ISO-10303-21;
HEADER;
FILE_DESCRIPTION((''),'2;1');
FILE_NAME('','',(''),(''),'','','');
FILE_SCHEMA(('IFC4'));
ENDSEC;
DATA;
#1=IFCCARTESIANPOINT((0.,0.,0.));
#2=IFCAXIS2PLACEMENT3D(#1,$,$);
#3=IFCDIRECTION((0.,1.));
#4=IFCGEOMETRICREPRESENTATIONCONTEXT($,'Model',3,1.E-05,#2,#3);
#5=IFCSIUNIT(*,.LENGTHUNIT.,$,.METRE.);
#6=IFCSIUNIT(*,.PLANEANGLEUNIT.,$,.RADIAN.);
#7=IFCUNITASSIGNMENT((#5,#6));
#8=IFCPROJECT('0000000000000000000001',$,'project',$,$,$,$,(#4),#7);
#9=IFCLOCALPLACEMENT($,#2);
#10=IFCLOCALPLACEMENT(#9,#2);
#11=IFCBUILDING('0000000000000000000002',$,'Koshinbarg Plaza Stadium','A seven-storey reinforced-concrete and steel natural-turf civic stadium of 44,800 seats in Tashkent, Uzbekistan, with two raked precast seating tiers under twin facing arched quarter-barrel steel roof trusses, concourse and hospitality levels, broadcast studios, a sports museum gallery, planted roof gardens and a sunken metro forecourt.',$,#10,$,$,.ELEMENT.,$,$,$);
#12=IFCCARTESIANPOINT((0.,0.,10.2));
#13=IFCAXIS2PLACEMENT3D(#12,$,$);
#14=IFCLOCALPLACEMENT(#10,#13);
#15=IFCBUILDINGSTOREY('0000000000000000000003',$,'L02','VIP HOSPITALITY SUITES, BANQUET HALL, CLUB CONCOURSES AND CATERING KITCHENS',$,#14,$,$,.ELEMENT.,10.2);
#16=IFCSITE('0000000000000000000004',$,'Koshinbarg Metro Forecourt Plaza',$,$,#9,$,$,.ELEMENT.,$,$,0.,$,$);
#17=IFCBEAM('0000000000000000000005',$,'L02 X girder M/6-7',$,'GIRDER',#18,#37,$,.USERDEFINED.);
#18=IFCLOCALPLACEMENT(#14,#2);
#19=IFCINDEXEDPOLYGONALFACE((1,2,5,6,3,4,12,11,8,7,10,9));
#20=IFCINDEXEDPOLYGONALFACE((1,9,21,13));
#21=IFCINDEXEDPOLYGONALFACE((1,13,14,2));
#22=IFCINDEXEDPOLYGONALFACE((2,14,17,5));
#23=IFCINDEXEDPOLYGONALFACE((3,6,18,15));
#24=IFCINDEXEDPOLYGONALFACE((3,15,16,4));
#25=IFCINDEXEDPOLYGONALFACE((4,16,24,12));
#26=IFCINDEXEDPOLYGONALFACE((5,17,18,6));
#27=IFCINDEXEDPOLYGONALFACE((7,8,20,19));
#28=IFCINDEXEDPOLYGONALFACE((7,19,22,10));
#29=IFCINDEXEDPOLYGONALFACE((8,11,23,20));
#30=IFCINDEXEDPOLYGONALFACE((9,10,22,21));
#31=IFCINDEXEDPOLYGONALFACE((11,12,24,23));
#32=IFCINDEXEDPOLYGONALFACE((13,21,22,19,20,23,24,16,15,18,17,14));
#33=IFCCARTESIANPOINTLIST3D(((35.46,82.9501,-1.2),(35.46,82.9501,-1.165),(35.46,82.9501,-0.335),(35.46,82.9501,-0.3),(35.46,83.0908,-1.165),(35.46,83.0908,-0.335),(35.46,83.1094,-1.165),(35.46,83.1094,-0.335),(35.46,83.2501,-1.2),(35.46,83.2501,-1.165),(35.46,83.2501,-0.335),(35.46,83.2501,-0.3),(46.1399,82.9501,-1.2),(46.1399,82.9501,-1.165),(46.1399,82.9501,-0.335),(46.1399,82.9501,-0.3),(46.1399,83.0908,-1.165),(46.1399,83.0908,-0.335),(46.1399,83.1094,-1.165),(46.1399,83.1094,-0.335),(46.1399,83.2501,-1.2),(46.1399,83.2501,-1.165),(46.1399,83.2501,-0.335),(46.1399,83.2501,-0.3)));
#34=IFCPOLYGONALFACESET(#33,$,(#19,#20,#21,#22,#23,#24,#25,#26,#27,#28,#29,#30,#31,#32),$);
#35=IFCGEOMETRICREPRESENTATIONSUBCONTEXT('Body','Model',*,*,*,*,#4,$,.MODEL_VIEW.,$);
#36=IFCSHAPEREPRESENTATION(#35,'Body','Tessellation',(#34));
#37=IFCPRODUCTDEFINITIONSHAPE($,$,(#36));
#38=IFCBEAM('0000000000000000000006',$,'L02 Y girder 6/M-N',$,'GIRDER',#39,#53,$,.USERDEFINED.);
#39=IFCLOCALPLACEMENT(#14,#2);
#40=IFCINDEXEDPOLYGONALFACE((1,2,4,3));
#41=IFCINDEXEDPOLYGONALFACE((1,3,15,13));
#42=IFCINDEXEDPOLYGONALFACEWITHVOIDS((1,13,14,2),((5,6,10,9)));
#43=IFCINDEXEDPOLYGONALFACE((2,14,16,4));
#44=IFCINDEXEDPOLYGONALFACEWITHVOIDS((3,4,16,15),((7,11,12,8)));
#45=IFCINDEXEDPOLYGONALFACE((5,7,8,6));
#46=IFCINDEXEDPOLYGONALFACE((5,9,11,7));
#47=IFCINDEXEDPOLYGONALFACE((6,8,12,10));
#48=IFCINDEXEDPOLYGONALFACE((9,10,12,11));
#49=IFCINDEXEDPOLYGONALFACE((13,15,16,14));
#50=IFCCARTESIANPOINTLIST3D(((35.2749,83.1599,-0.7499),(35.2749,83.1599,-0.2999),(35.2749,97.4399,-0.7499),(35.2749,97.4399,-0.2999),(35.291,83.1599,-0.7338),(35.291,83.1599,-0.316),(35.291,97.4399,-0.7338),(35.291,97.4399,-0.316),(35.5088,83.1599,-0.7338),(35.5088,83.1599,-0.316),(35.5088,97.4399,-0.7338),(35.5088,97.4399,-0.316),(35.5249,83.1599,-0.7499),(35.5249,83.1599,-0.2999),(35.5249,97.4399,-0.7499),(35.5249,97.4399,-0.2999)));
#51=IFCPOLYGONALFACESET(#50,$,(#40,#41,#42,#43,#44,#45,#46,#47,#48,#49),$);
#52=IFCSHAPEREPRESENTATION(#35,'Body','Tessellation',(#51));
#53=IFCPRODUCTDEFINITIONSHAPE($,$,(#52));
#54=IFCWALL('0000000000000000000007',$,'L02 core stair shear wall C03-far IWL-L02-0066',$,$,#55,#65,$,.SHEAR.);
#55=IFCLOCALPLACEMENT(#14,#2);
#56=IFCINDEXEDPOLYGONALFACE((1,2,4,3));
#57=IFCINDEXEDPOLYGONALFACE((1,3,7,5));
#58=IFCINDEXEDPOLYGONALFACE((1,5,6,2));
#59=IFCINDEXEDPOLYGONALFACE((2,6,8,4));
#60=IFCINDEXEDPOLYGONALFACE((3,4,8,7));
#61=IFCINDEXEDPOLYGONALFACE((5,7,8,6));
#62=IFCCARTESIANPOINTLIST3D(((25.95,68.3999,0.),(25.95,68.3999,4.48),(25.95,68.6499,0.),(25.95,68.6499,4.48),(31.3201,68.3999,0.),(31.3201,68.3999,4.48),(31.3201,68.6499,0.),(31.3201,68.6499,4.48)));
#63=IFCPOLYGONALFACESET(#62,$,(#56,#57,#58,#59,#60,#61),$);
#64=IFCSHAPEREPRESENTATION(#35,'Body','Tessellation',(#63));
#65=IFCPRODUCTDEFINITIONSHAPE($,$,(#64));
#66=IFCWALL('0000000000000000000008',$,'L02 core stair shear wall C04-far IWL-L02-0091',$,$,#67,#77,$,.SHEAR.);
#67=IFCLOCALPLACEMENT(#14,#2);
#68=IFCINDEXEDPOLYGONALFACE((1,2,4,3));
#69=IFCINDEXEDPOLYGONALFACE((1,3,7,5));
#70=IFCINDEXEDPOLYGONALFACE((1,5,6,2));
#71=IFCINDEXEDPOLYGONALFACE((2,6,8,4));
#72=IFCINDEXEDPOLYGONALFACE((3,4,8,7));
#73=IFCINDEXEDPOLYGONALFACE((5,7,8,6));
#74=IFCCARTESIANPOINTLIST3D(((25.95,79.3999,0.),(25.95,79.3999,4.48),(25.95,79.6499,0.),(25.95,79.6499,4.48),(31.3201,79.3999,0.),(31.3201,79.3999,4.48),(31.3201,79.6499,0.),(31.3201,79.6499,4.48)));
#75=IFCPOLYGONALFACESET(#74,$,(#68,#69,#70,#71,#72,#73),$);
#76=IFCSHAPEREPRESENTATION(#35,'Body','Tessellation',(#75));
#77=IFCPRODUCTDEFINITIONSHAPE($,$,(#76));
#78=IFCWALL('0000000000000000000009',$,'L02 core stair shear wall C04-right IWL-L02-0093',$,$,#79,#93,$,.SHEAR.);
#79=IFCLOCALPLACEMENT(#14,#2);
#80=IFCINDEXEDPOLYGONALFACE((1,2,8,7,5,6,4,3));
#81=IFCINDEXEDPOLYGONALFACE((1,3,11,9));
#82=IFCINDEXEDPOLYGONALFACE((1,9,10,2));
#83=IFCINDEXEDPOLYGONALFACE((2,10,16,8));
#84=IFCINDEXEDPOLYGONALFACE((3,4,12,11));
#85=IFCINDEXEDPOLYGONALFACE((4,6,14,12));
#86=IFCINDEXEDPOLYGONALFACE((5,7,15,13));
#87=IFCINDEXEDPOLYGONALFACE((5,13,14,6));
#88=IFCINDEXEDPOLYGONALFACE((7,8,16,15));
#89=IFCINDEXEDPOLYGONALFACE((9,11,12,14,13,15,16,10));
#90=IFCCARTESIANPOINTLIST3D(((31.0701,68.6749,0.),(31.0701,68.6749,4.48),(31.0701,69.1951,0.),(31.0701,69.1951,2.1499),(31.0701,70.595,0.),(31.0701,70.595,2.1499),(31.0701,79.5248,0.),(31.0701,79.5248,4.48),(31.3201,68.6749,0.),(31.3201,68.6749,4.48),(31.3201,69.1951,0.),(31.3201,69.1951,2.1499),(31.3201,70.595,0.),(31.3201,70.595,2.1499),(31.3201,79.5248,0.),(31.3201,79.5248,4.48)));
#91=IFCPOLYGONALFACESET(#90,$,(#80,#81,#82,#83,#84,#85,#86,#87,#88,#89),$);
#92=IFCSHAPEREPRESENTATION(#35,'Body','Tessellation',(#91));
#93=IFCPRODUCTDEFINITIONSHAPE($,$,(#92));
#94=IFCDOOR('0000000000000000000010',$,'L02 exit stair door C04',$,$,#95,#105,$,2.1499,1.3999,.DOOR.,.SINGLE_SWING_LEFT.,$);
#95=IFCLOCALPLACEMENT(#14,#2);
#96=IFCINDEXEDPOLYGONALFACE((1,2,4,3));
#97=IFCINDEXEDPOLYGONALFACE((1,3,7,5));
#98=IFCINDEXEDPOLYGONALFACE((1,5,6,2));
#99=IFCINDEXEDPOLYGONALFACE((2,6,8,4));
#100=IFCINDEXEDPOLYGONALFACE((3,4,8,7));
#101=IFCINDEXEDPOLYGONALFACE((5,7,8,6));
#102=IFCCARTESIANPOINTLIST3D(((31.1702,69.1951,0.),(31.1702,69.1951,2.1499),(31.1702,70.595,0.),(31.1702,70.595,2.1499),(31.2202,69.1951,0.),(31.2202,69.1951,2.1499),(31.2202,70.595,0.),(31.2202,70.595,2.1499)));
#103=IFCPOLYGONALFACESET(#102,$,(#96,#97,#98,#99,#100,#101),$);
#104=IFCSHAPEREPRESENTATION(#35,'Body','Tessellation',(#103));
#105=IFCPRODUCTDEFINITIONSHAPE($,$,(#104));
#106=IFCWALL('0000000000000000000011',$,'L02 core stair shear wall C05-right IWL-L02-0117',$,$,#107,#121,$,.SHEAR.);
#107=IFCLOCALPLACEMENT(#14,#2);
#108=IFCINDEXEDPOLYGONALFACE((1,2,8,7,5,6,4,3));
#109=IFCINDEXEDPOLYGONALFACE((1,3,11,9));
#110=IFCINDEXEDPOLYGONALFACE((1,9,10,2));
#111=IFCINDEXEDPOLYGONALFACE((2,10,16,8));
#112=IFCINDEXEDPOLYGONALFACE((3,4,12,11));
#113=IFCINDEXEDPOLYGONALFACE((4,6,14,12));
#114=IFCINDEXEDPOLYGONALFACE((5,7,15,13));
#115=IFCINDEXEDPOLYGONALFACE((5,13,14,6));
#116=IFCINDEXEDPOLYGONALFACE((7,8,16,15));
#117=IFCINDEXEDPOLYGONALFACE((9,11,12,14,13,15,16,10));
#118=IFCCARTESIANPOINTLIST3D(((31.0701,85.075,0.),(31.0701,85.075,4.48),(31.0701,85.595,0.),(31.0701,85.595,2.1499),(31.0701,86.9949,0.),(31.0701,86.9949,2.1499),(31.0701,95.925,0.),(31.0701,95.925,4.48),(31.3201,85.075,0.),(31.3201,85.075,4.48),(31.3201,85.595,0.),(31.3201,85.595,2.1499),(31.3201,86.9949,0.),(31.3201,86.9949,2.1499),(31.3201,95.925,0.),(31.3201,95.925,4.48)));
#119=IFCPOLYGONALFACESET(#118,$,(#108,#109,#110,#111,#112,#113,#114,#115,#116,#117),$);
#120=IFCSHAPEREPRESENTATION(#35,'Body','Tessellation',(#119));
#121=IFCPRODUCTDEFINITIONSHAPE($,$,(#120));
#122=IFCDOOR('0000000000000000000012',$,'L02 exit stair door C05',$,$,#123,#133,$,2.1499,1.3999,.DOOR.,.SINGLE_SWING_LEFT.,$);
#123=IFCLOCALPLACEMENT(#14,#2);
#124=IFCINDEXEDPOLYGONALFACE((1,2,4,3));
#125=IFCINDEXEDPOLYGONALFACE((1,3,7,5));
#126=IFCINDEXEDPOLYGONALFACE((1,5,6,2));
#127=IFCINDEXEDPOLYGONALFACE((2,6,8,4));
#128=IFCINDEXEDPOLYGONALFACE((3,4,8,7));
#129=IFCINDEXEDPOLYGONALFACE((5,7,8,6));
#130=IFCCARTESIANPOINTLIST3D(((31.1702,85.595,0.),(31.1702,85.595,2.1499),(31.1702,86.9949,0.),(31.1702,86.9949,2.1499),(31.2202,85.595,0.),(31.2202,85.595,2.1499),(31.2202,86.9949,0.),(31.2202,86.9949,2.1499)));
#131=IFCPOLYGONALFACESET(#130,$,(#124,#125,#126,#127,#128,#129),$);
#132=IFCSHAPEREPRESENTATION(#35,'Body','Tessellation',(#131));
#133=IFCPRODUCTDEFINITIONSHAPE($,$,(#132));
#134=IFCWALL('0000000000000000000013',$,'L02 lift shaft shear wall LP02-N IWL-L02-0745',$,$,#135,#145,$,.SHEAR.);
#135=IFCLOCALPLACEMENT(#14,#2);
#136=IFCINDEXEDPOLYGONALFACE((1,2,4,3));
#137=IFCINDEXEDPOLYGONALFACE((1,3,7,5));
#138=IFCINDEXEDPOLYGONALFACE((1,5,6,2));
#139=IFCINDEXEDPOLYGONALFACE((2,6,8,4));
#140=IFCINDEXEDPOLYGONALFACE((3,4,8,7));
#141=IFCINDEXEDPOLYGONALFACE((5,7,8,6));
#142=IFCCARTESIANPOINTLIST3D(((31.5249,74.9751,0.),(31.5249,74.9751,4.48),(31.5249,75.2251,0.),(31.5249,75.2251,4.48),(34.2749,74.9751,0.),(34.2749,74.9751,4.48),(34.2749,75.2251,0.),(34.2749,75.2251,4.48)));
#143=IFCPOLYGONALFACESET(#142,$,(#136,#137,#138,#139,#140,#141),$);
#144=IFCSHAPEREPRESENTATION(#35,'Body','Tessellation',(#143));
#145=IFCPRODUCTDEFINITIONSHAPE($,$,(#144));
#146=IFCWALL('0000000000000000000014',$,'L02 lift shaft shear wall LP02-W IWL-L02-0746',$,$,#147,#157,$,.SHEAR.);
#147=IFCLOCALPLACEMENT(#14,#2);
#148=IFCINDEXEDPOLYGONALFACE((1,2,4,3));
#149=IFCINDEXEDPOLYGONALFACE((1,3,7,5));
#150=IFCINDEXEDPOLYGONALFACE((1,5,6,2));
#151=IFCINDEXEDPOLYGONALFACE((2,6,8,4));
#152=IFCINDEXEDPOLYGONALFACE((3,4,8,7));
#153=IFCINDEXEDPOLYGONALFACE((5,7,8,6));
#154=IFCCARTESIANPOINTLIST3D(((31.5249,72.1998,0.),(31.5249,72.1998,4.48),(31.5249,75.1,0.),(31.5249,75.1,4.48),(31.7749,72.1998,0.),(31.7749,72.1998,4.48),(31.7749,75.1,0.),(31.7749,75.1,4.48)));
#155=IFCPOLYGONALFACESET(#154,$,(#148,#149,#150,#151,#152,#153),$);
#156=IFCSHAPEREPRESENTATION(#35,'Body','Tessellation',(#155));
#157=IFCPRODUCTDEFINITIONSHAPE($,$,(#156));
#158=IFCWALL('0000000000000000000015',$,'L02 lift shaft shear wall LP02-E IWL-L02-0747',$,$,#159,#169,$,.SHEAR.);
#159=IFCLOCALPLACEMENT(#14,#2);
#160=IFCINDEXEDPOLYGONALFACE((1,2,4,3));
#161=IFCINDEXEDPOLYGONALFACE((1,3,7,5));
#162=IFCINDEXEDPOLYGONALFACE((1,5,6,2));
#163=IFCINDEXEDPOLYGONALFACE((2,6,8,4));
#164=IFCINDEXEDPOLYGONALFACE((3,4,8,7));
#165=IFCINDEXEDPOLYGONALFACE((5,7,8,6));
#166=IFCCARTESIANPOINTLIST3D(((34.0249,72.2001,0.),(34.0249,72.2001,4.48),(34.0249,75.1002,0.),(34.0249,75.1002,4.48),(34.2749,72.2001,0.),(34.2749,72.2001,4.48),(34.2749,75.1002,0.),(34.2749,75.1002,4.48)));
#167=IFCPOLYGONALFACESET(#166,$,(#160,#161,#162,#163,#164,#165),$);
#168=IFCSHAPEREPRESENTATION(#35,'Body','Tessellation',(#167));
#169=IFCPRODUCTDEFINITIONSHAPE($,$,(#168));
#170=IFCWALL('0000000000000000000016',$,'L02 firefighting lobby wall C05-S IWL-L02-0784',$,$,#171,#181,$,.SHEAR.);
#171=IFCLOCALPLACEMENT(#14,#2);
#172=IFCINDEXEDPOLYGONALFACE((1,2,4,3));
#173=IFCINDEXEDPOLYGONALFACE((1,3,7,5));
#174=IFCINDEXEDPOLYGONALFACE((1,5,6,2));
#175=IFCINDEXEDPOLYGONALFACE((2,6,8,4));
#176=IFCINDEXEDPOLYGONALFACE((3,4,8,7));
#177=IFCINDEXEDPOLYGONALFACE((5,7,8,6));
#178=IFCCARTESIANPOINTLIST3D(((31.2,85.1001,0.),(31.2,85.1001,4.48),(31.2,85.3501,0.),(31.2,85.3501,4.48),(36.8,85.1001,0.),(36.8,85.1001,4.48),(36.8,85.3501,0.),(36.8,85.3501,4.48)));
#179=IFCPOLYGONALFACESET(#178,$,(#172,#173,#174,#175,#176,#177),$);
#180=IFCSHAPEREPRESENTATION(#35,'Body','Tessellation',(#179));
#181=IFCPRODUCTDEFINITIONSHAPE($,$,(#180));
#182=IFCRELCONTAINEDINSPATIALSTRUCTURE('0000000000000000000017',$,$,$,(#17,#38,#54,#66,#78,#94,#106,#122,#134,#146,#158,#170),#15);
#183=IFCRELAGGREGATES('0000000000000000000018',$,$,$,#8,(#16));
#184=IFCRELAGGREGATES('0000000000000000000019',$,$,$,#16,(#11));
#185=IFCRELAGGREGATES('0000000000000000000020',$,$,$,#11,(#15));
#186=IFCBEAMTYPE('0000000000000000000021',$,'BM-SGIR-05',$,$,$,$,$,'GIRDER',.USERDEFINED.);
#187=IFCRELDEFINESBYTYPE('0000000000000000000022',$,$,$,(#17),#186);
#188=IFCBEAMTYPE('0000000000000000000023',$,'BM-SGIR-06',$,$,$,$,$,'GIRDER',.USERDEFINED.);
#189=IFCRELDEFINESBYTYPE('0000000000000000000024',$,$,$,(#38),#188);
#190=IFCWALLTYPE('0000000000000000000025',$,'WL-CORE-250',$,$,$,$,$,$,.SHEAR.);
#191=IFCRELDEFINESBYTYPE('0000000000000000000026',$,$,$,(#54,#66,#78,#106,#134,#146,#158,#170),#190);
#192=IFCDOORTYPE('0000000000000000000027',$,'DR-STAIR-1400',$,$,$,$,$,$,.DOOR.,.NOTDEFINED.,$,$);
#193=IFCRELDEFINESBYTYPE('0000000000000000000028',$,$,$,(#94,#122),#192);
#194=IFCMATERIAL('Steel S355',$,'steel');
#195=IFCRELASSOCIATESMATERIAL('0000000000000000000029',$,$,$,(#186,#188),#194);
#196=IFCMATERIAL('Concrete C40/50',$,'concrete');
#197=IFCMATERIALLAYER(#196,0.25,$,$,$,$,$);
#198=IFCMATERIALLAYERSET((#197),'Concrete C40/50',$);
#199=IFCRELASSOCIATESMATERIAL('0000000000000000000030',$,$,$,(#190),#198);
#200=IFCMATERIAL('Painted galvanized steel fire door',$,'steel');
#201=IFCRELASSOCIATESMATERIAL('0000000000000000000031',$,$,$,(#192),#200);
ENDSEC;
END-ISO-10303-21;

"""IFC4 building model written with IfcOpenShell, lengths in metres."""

from ifc_helpers import new_model, si_unit, direction, frame, frame_2d, origin, origin_2d, place, context, subcontext, project, spatial, rectangle, hollow_rectangle, i_section, extrude, material, layer, layer_set, material_profile, profile_set, type_object, element, fill, save


model = new_model("IFC4")

# Units and contexts
model_context = context("Model", 3, precision=1e-05, world=origin(), true_north=direction((0.0, 1.0)))
body_context = subcontext(model_context, "Body", "Model", "MODEL_VIEW")
ifc_project = project(units=[si_unit("LENGTHUNIT", "METRE"), si_unit("PLANEANGLEUNIT", "RADIAN")], contexts=[model_context])

# Site, building, storey
site_placement = place(None, origin())
site = spatial("IfcSite", under=ifc_project, at=site_placement, Name="Koshinbarg Metro Forecourt Plaza", CompositionType="ELEMENT", RefElevation=0.0)
building_placement = place(site_placement, origin())
building = spatial("IfcBuilding", under=site, at=building_placement, Name="Koshinbarg Plaza Stadium", Description="A seven-storey reinforced-concrete and steel natural-turf civic stadium of 44,800 seats in Tashkent, Uzbekistan, with two raked precast seating tiers under twin facing arched quarter-barrel steel roof trusses, concourse and hospitality levels, broadcast studios, a sports museum gallery, planted roof gardens and a sunken metro forecourt.", CompositionType="ELEMENT")
storey_placement = place(building_placement, frame((0.0, 0.0, 10.2)))
storey = spatial("IfcBuildingStorey", under=building, at=storey_placement, Name="L02", Description="VIP HOSPITALITY SUITES, BANQUET HALL, CLUB CONCOURSES AND CATERING KITCHENS", CompositionType="ELEMENT", Elevation=10.2)

# Shared definitions
ifc_material_1 = material(Name="Concrete C40/50", Category="concrete")

# Beams
ifc_material_2 = material(Name="Steel S355", Category="steel")
ifc_material_profile_1 = material_profile(ifc_material_2, i_section(OverallWidth=0.3, OverallDepth=0.8999, WebThickness=0.0186, FlangeThickness=0.0349, at=origin_2d()), Name="HEB 900")
ifc_profile_set_1 = profile_set([ifc_material_profile_1], Name="Steel S355")
beam_type_1 = type_object("IfcBeamType", Name="BM-SGIR-05", ElementType="GIRDER", PredefinedType="USERDEFINED", material=ifc_profile_set_1)
for number, where, z_axis, x_axis, name in (
    (1, (35.46, 83.1001, -0.75), (1.0, 0.0, 0.0), (0.0, 1.0, 0.0), "L02 X girder M/6-7"),
):
    element("IfcBeam", number, at=place(storey_placement, frame(where, z_axis=z_axis, x_axis=x_axis)), inside=storey, type_object=beam_type_1, Name=name, ObjectType="GIRDER", PredefinedType="USERDEFINED", context=body_context, shape_type="SweptSolid", body=[
        extrude(i_section(OverallWidth=0.3, OverallDepth=0.8999, WebThickness=0.0186, FlangeThickness=0.0349, at=origin_2d()), origin(), (0.0, 0.0, 1.0), 10.6799),
    ])
ifc_material_profile_2 = material_profile(ifc_material_2, hollow_rectangle(XDim=0.25, YDim=0.45, WallThickness=0.0161, at=origin_2d()), Name="RHS 450x250x16")
ifc_profile_set_2 = profile_set([ifc_material_profile_2], Name="Steel S355")
beam_type_2 = type_object("IfcBeamType", Name="BM-SGIR-06", ElementType="GIRDER", PredefinedType="USERDEFINED", material=ifc_profile_set_2)
beam_1_placement = place(storey_placement, frame((35.3999, 83.1599, -0.5249), z_axis=(0.0, 1.0, 0.0), x_axis=(-1.0, 0.0, 0.0)))
element("IfcBeam", 2, at=beam_1_placement, inside=storey, type_object=beam_type_2, Name="L02 Y girder 6/M-N", ObjectType="GIRDER", PredefinedType="USERDEFINED", context=body_context, shape_type="SweptSolid", body=[
    extrude(hollow_rectangle(XDim=0.25, YDim=0.45, WallThickness=0.0161, at=origin_2d()), origin(), (0.0, 0.0, 1.0), 14.28),
])

# Walls
ifc_layer_1 = layer(ifc_material_1, 0.25)
ifc_layer_set_1 = layer_set([ifc_layer_1], Name="Concrete C40/50")
wall_type_1 = type_object("IfcWallType", Name="WL-CORE-250", PredefinedType="SHEAR", material=ifc_layer_set_1)
for number, where, z_axis, x_axis, name in (
    (3, (31.3201, 68.5249, 0.0), (0.0, 0.0, 1.0), (-1.0, 0.0, 0.0), "L02 core stair shear wall C03-far IWL-L02-0066"),
    (4, (31.3201, 79.5249, 0.0), (0.0, 0.0, 1.0), (-1.0, 0.0, 0.0), "L02 core stair shear wall C04-far IWL-L02-0091"),
):
    element("IfcWall", number, at=place(storey_placement, frame(where, z_axis=z_axis, x_axis=x_axis)), inside=storey, type_object=wall_type_1, Name=name, PredefinedType="SHEAR", context=body_context, shape_type="SweptSolid", body=[
        extrude(rectangle(XDim=5.3701, YDim=0.25, at=frame_2d((2.6851, 0.0))), origin(), (0.0, 0.0, 1.0), 4.48),
    ])

# Walls, openings, doors
wall_1_placement = place(storey_placement, frame((31.1951, 68.675, 0.0), z_axis=(0.0, 0.0, 1.0), x_axis=(0.0, 1.0, 0.0)))
wall_1 = element("IfcWall", 5, at=wall_1_placement, inside=storey, type_object=wall_type_1, Name="L02 core stair shear wall C04-right IWL-L02-0093", PredefinedType="SHEAR", context=body_context, shape_type="SweptSolid", body=[
    extrude(rectangle(XDim=10.8499, YDim=0.25, at=frame_2d((5.4248, 0.0))), origin(), (0.0, 0.0, 1.0), 4.48),
])
opening_1_placement = place(wall_1_placement, frame((0.52, 0.0, 0.0)))
opening_1 = element("IfcOpeningElement", 6, at=opening_1_placement, cuts=wall_1, PredefinedType="OPENING", context=body_context, shape_type="SweptSolid", body=[
    extrude(rectangle(XDim=1.3999, YDim=2.1499, at=frame_2d((0.7, 1.075))), frame((0.0, 0.135, 0.0), z_axis=(0.0, -1.0, 0.0), x_axis=(1.0, 0.0, 0.0)), (0.0, 0.0, 1.0), 0.27),
])
ifc_material_3 = material(Name="Painted galvanized steel fire door", Category="steel")
door_type_1 = type_object("IfcDoorType", Name="DR-STAIR-1400", OperationType="NOTDEFINED", PredefinedType="DOOR", material=ifc_material_3)
door_1_placement = place(opening_1_placement, origin())
door_1 = element("IfcDoor", 7, at=door_1_placement, inside=storey, type_object=door_type_1, Name="L02 exit stair door C04", OperationType="SINGLE_SWING_LEFT", OverallHeight=2.1499, OverallWidth=1.3999, PredefinedType="DOOR", context=body_context, shape_type="SweptSolid", body=[
    extrude(rectangle(XDim=1.3999, YDim=2.1499, at=frame_2d((0.7, 1.075))), frame((0.0, 0.0249, 0.0), z_axis=(0.0, -1.0, 0.0), x_axis=(1.0, 0.0, 0.0)), (0.0, 0.0, 1.0), 0.05),
])
fill(opening_1, door_1)
wall_2_placement = place(storey_placement, frame((31.1951, 85.075, 0.0), z_axis=(0.0, 0.0, 1.0), x_axis=(0.0, 1.0, 0.0)))
wall_2 = element("IfcWall", 8, at=wall_2_placement, inside=storey, type_object=wall_type_1, Name="L02 core stair shear wall C05-right IWL-L02-0117", PredefinedType="SHEAR", context=body_context, shape_type="SweptSolid", body=[
    extrude(rectangle(XDim=10.8501, YDim=0.25, at=frame_2d((5.425, 0.0))), origin(), (0.0, 0.0, 1.0), 4.48),
])
opening_2_placement = place(wall_2_placement, frame((0.52, 0.0, 0.0)))
opening_2 = element("IfcOpeningElement", 9, at=opening_2_placement, cuts=wall_2, PredefinedType="OPENING", context=body_context, shape_type="SweptSolid", body=[
    extrude(rectangle(XDim=1.3999, YDim=2.1499, at=frame_2d((0.7, 1.075))), frame((0.0, 0.135, 0.0), z_axis=(0.0, -1.0, 0.0), x_axis=(1.0, 0.0, 0.0)), (0.0, 0.0, 1.0), 0.27),
])
door_2_placement = place(opening_2_placement, origin())
door_2 = element("IfcDoor", 10, at=door_2_placement, inside=storey, type_object=door_type_1, Name="L02 exit stair door C05", OperationType="SINGLE_SWING_LEFT", OverallHeight=2.1499, OverallWidth=1.3999, PredefinedType="DOOR", context=body_context, shape_type="SweptSolid", body=[
    extrude(rectangle(XDim=1.3999, YDim=2.1499, at=frame_2d((0.7, 1.075))), frame((0.0, 0.0249, 0.0), z_axis=(0.0, -1.0, 0.0), x_axis=(1.0, 0.0, 0.0)), (0.0, 0.0, 1.0), 0.05),
])
fill(opening_2, door_2)

# Walls
wall_3_placement = place(storey_placement, frame((34.2749, 75.1001, 0.0), z_axis=(0.0, 0.0, 1.0), x_axis=(-1.0, 0.0, 0.0)))
element("IfcWall", 11, at=wall_3_placement, inside=storey, type_object=wall_type_1, Name="L02 lift shaft shear wall LP02-N IWL-L02-0745", PredefinedType="SHEAR", context=body_context, shape_type="SweptSolid", body=[
    extrude(rectangle(XDim=2.75, YDim=0.25, at=frame_2d((1.375, 0.0))), origin(), (0.0, 0.0, 1.0), 4.48),
])
for number, where, z_axis, x_axis, name in (
    (12, (31.6499, 75.1001, 0.0), (0.0, 0.0, 1.0), (0.0, -1.0, 0.0), "L02 lift shaft shear wall LP02-W IWL-L02-0746"),
    (13, (34.1499, 72.2, 0.0), (0.0, 0.0, 1.0), (0.0, 1.0, 0.0), "L02 lift shaft shear wall LP02-E IWL-L02-0747"),
):
    element("IfcWall", number, at=place(storey_placement, frame(where, z_axis=z_axis, x_axis=x_axis)), inside=storey, type_object=wall_type_1, Name=name, PredefinedType="SHEAR", context=body_context, shape_type="SweptSolid", body=[
        extrude(rectangle(XDim=2.9001, YDim=0.25, at=frame_2d((1.4502, 0.0))), origin(), (0.0, 0.0, 1.0), 4.48),
    ])

# Wall
wall_4_placement = place(storey_placement, frame((31.2, 85.2251, 0.0), z_axis=(0.0, 0.0, 1.0), x_axis=(1.0, 0.0, 0.0)))
element("IfcWall", 14, at=wall_4_placement, inside=storey, type_object=wall_type_1, Name="L02 firefighting lobby wall C05-S IWL-L02-0784", PredefinedType="SHEAR", context=body_context, shape_type="SweptSolid", body=[
    extrude(rectangle(XDim=5.6001, YDim=0.25, at=frame_2d((2.8, 0.0))), origin(), (0.0, 0.0, 1.0), 4.48),
])

save(model, "model.ifc")
